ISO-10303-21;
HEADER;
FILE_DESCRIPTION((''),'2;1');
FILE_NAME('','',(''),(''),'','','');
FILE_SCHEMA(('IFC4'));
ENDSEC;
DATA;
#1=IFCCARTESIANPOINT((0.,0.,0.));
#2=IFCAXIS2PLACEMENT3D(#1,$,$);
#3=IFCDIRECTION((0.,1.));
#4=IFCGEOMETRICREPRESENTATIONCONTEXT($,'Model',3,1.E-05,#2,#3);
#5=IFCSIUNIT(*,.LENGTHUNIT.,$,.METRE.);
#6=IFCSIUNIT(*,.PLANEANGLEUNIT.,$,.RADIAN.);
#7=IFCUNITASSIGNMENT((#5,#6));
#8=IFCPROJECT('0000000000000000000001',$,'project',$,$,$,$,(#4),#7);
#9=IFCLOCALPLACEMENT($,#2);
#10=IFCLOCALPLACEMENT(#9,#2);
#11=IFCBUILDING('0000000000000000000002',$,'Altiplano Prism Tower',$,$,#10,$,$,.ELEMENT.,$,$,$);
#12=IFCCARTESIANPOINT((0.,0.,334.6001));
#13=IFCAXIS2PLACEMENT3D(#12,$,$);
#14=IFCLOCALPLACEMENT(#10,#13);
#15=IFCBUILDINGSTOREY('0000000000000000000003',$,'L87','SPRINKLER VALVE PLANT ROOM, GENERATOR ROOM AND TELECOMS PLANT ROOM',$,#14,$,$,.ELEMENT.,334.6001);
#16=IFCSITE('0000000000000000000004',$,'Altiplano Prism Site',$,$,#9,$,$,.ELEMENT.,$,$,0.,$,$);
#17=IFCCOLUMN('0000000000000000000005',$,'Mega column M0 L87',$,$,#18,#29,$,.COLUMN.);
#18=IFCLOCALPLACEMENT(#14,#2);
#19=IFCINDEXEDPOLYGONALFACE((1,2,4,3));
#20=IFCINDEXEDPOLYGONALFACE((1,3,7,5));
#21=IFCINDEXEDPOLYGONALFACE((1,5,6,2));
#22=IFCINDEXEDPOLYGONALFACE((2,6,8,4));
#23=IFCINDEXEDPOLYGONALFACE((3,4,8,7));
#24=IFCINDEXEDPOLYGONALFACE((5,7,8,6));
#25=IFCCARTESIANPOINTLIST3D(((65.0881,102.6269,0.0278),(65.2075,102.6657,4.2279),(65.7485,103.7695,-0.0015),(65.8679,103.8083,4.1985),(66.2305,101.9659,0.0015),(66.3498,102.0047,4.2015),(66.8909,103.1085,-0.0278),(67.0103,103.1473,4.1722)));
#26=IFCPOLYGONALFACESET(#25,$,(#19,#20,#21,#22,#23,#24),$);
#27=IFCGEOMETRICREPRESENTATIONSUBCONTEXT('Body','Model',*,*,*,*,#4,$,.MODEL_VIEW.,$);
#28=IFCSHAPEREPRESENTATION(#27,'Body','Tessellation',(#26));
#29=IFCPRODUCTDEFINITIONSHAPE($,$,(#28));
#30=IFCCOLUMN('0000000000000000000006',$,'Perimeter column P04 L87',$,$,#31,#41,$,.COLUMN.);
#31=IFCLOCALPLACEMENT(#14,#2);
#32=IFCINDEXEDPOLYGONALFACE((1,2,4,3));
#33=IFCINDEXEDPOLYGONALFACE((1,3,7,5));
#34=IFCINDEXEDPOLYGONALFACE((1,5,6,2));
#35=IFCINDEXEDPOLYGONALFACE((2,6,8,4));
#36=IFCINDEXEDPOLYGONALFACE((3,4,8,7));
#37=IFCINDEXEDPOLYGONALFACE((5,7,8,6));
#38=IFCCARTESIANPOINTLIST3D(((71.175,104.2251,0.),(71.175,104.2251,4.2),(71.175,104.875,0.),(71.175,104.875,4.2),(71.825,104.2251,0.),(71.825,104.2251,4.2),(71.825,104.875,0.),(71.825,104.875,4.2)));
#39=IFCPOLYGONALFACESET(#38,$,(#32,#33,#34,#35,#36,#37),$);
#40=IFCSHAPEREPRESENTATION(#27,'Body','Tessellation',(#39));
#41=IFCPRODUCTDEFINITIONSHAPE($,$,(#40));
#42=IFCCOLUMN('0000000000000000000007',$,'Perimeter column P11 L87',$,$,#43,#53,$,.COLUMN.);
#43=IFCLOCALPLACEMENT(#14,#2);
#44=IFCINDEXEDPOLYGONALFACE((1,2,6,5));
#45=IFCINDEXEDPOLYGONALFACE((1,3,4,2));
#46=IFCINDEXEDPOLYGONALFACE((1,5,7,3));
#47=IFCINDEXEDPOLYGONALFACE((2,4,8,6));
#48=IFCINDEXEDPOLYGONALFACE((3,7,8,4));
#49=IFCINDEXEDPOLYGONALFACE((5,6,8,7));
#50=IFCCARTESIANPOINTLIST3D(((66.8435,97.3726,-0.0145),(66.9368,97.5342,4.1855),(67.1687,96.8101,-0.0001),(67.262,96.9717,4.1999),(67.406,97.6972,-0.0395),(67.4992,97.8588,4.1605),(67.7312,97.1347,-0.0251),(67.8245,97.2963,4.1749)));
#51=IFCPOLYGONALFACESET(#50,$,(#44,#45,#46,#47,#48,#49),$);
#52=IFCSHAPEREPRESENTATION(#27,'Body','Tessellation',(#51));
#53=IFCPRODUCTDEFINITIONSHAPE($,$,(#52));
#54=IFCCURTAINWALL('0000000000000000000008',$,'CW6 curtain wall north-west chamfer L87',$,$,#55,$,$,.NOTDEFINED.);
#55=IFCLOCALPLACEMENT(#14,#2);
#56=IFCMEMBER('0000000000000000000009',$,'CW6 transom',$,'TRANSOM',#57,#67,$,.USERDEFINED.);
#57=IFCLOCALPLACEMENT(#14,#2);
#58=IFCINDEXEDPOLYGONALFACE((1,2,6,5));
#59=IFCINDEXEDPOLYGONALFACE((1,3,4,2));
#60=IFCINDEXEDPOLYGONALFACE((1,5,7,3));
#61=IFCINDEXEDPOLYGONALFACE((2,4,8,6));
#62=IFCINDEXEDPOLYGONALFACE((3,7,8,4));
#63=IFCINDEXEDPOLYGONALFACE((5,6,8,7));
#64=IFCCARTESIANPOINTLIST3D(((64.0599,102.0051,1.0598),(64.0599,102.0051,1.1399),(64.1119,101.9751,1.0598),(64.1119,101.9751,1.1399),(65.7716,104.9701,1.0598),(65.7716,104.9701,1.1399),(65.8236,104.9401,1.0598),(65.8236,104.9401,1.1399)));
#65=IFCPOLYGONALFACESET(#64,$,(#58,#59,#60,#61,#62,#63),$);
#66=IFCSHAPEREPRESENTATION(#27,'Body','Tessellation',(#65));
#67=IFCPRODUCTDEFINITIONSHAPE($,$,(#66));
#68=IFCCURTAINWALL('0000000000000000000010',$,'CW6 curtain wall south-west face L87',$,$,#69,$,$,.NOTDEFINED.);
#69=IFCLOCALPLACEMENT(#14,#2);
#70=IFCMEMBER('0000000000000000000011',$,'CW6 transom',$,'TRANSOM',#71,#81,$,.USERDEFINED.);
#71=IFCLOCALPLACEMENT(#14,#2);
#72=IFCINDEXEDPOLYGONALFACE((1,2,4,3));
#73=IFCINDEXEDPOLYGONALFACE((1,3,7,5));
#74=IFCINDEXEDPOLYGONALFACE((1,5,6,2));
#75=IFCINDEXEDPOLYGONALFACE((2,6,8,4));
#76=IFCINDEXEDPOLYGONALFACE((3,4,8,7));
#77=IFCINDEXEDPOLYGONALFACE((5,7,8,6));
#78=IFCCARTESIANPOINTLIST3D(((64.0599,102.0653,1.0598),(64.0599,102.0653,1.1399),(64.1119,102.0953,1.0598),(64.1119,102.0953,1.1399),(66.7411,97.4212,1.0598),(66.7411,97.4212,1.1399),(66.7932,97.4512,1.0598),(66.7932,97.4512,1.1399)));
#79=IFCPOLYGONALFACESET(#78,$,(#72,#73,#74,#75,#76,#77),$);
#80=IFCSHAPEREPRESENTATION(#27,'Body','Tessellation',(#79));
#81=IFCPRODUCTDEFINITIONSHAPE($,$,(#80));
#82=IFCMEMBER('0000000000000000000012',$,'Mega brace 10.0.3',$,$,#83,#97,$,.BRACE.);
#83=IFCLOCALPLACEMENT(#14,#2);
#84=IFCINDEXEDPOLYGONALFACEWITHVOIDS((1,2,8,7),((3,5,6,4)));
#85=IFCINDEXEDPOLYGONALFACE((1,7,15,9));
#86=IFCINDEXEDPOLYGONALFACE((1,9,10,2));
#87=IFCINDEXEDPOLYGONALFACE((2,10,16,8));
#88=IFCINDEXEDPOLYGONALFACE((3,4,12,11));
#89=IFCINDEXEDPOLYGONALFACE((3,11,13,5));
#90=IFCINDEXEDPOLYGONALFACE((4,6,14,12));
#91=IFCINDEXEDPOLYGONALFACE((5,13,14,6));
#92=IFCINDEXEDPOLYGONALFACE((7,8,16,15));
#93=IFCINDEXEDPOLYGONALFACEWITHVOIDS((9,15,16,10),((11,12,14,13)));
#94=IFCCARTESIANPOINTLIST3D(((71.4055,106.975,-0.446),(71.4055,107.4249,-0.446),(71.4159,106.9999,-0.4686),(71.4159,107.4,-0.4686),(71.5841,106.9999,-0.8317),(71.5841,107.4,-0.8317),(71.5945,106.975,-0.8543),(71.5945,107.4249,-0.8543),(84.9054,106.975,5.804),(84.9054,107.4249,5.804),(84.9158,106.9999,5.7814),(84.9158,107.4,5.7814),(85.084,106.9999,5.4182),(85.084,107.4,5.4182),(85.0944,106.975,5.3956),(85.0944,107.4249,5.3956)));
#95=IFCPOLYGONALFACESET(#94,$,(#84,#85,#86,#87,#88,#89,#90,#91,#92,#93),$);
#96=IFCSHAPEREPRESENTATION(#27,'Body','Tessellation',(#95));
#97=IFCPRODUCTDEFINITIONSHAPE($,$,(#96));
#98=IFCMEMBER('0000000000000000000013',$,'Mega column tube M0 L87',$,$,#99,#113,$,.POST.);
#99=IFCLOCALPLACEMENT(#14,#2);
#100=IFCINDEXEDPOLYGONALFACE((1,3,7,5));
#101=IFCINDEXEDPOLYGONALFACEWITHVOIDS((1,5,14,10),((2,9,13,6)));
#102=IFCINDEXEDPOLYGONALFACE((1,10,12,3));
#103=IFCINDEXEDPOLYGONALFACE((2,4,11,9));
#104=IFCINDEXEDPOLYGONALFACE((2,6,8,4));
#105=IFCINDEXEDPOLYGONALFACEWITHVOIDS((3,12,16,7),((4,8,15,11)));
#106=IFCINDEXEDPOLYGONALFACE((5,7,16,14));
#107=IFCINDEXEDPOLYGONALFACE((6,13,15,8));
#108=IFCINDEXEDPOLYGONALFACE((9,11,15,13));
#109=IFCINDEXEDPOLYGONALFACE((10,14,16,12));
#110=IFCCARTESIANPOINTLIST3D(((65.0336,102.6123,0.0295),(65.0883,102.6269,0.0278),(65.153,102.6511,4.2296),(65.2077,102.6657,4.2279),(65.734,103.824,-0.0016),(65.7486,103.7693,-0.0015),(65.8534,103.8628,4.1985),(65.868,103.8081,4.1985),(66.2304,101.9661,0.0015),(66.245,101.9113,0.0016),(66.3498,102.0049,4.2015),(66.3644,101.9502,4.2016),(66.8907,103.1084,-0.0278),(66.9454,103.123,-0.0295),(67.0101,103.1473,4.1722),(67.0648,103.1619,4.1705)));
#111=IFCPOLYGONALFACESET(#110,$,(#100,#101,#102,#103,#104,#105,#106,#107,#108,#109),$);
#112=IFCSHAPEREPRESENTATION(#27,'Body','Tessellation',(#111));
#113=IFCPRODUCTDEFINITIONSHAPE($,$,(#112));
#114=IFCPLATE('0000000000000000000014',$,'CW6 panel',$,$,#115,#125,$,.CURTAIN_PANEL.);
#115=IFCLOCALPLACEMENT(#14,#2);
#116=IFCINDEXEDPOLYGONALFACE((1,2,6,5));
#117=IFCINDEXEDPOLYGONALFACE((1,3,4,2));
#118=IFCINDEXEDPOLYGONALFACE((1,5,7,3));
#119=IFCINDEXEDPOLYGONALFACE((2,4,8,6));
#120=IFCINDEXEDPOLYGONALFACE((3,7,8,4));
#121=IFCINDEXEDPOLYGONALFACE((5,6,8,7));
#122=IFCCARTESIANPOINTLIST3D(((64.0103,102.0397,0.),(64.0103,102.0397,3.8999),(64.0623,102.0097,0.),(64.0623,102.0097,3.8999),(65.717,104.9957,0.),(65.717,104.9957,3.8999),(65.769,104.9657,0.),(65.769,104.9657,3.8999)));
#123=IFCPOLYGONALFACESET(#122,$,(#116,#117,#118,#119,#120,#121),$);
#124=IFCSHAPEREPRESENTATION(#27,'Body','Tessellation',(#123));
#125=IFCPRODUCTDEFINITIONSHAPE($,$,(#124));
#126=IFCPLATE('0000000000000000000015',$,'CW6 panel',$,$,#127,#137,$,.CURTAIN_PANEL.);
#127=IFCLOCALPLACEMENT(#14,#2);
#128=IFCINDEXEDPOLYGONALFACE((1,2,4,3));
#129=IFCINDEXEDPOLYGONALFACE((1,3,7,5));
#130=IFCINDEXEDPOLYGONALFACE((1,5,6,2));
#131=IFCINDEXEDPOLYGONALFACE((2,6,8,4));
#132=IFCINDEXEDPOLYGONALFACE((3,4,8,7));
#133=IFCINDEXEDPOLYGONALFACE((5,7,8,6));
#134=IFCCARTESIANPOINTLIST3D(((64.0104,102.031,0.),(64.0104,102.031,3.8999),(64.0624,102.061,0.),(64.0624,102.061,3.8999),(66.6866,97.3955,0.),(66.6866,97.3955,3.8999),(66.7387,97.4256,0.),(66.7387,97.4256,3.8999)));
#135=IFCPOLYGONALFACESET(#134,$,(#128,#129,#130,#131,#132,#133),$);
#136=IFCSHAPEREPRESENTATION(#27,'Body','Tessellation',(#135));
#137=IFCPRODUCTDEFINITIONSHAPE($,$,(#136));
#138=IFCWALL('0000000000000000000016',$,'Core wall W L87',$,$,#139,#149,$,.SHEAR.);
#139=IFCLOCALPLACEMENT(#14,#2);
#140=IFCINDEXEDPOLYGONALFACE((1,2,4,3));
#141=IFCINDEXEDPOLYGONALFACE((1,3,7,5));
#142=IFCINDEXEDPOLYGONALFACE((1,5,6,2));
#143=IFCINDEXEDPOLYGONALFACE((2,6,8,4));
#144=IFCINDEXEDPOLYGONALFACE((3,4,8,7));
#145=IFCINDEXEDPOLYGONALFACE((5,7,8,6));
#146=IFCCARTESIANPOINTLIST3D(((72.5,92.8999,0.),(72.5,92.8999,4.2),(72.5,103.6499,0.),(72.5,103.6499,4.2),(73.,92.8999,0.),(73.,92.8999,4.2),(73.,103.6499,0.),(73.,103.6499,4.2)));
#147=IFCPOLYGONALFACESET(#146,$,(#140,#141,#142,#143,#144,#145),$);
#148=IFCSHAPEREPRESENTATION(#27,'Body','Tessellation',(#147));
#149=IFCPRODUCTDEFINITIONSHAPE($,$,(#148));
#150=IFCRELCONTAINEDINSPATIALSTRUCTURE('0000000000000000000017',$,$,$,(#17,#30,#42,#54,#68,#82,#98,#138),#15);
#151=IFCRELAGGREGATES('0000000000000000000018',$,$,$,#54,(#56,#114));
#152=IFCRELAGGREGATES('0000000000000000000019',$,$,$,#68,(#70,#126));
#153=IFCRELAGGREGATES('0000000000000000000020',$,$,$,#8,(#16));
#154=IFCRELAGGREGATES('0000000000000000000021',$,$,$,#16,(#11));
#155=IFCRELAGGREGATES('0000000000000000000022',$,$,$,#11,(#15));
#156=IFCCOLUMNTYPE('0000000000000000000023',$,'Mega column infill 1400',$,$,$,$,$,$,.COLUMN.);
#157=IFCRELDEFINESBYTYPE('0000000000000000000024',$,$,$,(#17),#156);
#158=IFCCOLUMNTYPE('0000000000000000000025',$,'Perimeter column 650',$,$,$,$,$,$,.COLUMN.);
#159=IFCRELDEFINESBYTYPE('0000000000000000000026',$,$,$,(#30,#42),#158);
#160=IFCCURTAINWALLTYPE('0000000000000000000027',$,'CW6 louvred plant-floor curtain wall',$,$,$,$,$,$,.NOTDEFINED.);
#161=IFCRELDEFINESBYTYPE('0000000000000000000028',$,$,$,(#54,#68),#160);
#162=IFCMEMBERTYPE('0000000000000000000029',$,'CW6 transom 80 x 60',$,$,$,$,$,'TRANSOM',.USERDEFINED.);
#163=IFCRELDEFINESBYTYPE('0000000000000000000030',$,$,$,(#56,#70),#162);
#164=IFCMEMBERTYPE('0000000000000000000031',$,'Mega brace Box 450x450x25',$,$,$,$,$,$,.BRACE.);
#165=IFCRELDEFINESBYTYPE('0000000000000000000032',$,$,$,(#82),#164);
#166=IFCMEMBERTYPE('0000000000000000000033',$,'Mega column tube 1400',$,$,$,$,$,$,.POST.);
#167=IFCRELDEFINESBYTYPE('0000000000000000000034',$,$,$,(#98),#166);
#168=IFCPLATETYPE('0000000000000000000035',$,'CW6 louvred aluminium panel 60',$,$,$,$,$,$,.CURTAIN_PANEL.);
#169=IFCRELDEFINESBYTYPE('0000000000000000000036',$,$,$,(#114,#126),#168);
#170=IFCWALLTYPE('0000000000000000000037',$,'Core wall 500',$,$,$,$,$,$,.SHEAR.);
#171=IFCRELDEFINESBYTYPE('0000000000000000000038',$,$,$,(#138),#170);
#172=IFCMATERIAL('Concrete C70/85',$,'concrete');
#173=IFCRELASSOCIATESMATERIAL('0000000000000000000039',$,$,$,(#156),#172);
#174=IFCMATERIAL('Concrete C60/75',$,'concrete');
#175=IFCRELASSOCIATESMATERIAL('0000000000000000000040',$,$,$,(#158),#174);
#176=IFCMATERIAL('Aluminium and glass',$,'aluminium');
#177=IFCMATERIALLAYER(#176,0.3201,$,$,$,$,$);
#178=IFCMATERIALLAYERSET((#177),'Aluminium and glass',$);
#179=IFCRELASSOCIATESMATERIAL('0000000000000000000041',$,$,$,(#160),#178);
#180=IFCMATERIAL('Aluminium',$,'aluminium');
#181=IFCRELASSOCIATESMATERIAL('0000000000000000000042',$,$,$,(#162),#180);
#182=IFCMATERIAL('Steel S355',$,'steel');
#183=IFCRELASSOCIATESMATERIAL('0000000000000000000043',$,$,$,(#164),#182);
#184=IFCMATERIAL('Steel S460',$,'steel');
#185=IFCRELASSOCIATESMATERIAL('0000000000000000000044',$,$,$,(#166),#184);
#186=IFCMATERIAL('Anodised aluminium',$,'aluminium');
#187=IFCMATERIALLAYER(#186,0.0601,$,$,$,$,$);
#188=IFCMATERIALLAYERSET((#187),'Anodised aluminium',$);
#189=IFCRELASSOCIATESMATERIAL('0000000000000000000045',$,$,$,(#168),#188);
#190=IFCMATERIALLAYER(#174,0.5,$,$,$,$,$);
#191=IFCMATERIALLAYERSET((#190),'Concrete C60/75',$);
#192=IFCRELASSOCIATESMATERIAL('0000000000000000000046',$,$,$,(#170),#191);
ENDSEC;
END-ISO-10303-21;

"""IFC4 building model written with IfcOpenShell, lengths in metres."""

from ifc_helpers import new_model, si_unit, direction, frame, frame_2d, origin, origin_2d, place, context, subcontext, project, spatial, rectangle, hollow_rectangle, extrude, material, layer, layer_set, material_profile, profile_set, type_object, element, aggregate, save


model = new_model("IFC4")

# Units and contexts
model_context = context("Model", 3, precision=1e-05, world=origin(), true_north=direction((0.0, 1.0)))
body_context = subcontext(model_context, "Body", "Model", "MODEL_VIEW")
ifc_project = project(units=[si_unit("LENGTHUNIT", "METRE"), si_unit("PLANEANGLEUNIT", "RADIAN")], contexts=[model_context])

# Site, building, storey
site_placement = place(None, origin())
site = spatial("IfcSite", under=ifc_project, at=site_placement, Name="Altiplano Prism Site", CompositionType="ELEMENT", RefElevation=0.0)
building_placement = place(site_placement, origin())
building = spatial("IfcBuilding", under=site, at=building_placement, Name="Altiplano Prism Tower", CompositionType="ELEMENT")
storey_placement = place(building_placement, frame((0.0, 0.0, 334.6001)))
storey = spatial("IfcBuildingStorey", under=building, at=storey_placement, Name="L87", Description="SPRINKLER VALVE PLANT ROOM, GENERATOR ROOM AND TELECOMS PLANT ROOM", CompositionType="ELEMENT", Elevation=334.6001)

# Columns
ifc_material_1 = material(Name="Concrete C70/85", Category="concrete")
ifc_material_profile_1 = material_profile(ifc_material_1, rectangle(XDim=1.3201, YDim=1.3201, at=origin_2d()), Name="Mega column infill 1400")
ifc_profile_set_1 = profile_set([ifc_material_profile_1], Name="Concrete C70/85")
column_type_1 = type_object("IfcColumnType", Name="Mega column infill 1400", PredefinedType="COLUMN", material=ifc_profile_set_1)
column_1_placement = place(storey_placement, frame((65.9895, 102.8677, 0.0), z_axis=(0.028413, 0.009238, 0.999554), x_axis=(-0.865381, 0.500717, 0.019971)))
element("IfcColumn", 1, at=column_1_placement, inside=storey, type_object=column_type_1, Name="Mega column M0 L87", PredefinedType="COLUMN", context=body_context, shape_type="SweptSolid", body=[
    extrude(rectangle(XDim=1.3201, YDim=1.3201, at=origin_2d()), origin(), (0.0, 0.0, 1.0), 4.2019),
])
ifc_material_2 = material(Name="Concrete C60/75", Category="concrete")
ifc_material_profile_2 = material_profile(ifc_material_2, rectangle(XDim=0.6499, YDim=0.6499, at=origin_2d()), Name="Perimeter column 650")
ifc_profile_set_2 = profile_set([ifc_material_profile_2], Name="Concrete C60/75")
column_type_2 = type_object("IfcColumnType", Name="Perimeter column 650", PredefinedType="COLUMN", material=ifc_profile_set_2)
column_2_placement = place(storey_placement, frame((71.5, 104.55, 0.0), z_axis=(0.0, 0.0, 1.0), x_axis=(1.0, 0.0, 0.0)))
element("IfcColumn", 2, at=column_2_placement, inside=storey, type_object=column_type_2, Name="Perimeter column P04 L87", PredefinedType="COLUMN", context=body_context, shape_type="SweptSolid", body=[
    extrude(rectangle(XDim=0.6499, YDim=0.6499, at=origin_2d()), origin(), (0.0, 0.0, 1.0), 4.2),
])
column_3_placement = place(storey_placement, frame((67.2874, 97.2537, -0.0198), z_axis=(0.022184, 0.038444, 0.999014), x_axis=(-0.865478, -0.49947, 0.038439)))
element("IfcColumn", 3, at=column_3_placement, inside=storey, type_object=column_type_2, Name="Perimeter column P11 L87", PredefinedType="COLUMN", context=body_context, shape_type="SweptSolid", body=[
    extrude(rectangle(XDim=0.6499, YDim=0.6499, at=origin_2d()), origin(), (0.0, 0.0, 1.0), 4.2041),
])

# Curtain walls, members
ifc_material_3 = material(Name="Aluminium and glass", Category="aluminium")
ifc_layer_1 = layer(ifc_material_3, 0.3201)
ifc_layer_set_1 = layer_set([ifc_layer_1], Name="Aluminium and glass")
curtain_wall_type = type_object("IfcCurtainWallType", Name="CW6 louvred plant-floor curtain wall", PredefinedType="NOTDEFINED", material=ifc_layer_set_1)
curtain_wall_1_placement = place(storey_placement, origin())
curtain_wall_1 = element("IfcCurtainWall", 4, at=curtain_wall_1_placement, inside=storey, type_object=curtain_wall_type, Name="CW6 curtain wall north-west chamfer L87", PredefinedType="NOTDEFINED")
ifc_material_4 = material(Name="Aluminium", Category="aluminium")
ifc_material_profile_3 = material_profile(ifc_material_4, rectangle(XDim=0.0601, YDim=0.0801, at=origin_2d()), Name="CW6 transom 80 x 60")
ifc_profile_set_3 = profile_set([ifc_material_profile_3], Name="Aluminium")
member_type_1 = type_object("IfcMemberType", Name="CW6 transom 80 x 60", ElementType="TRANSOM", PredefinedType="USERDEFINED", material=ifc_profile_set_3)
member_1_placement = place(storey_placement, frame((65.7976, 104.9551, 1.0999), z_axis=(-0.499982, -0.866036, 0.0), x_axis=(0.866036, -0.499982, 0.0)))
member_1 = element("IfcMember", 5, at=member_1_placement, type_object=member_type_1, Name="CW6 transom", ObjectType="TRANSOM", PredefinedType="USERDEFINED", context=body_context, shape_type="SweptSolid", body=[
    extrude(rectangle(XDim=0.0601, YDim=0.0801, at=origin_2d()), origin(), (0.0, 0.0, 1.0), 3.4236),
])
curtain_wall_2_placement = place(storey_placement, origin())
curtain_wall_2 = element("IfcCurtainWall", 6, at=curtain_wall_2_placement, inside=storey, type_object=curtain_wall_type, Name="CW6 curtain wall south-west face L87", PredefinedType="NOTDEFINED")
member_2_placement = place(storey_placement, frame((64.0859, 102.0803, 1.0999), z_axis=(0.499988, -0.866032, 0.0), x_axis=(0.866032, 0.499988, 0.0)))
member_2 = element("IfcMember", 7, at=member_2_placement, type_object=member_type_1, Name="CW6 transom", ObjectType="TRANSOM", PredefinedType="USERDEFINED", context=body_context, shape_type="SweptSolid", body=[
    extrude(rectangle(XDim=0.0601, YDim=0.0801, at=origin_2d()), origin(), (0.0, 0.0, 1.0), 5.3625),
])

# Members
ifc_material_5 = material(Name="Steel S355", Category="steel")
ifc_material_profile_4 = material_profile(ifc_material_5, hollow_rectangle(XDim=0.45, YDim=0.45, WallThickness=0.0249, at=origin_2d()), Name="Mega brace Box 450x450x25")
ifc_profile_set_4 = profile_set([ifc_material_profile_4], Name="Steel S355")
member_type_2 = type_object("IfcMemberType", Name="Mega brace Box 450x450x25", PredefinedType="BRACE", material=ifc_profile_set_4)
member_3_placement = place(storey_placement, frame((71.5, 107.2, -0.6501), z_axis=(0.907467, 0.0, 0.420124), x_axis=(0.0, 1.0, 0.0)))
element("IfcMember", 8, at=member_3_placement, inside=storey, type_object=member_type_2, Name="Mega brace 10.0.3", PredefinedType="BRACE", context=body_context, shape_type="SweptSolid", body=[
    extrude(hollow_rectangle(XDim=0.45, YDim=0.45, WallThickness=0.0249, at=origin_2d()), origin(), (0.0, 0.0, 1.0), 14.8765),
])
ifc_material_6 = material(Name="Steel S460", Category="steel")
ifc_material_profile_5 = material_profile(ifc_material_6, hollow_rectangle(XDim=1.3999, YDim=1.3999, WallThickness=0.04, at=origin_2d()), Name="Mega column tube 1400")
ifc_profile_set_5 = profile_set([ifc_material_profile_5], Name="Steel S460")
member_type_3 = type_object("IfcMemberType", Name="Mega column tube 1400", PredefinedType="POST", material=ifc_profile_set_5)
member_4_placement = place(storey_placement, frame((65.9895, 102.8677, 0.0), z_axis=(0.028413, 0.009238, 0.999554), x_axis=(-0.865381, 0.500717, 0.019971)))
element("IfcMember", 9, at=member_4_placement, inside=storey, type_object=member_type_3, Name="Mega column tube M0 L87", PredefinedType="POST", context=body_context, shape_type="SweptSolid", body=[
    extrude(hollow_rectangle(XDim=1.3999, YDim=1.3999, WallThickness=0.04, at=origin_2d()), origin(), (0.0, 0.0, 1.0), 4.2019),
])

# Plates
ifc_material_7 = material(Name="Anodised aluminium", Category="aluminium")
ifc_layer_2 = layer(ifc_material_7, 0.0601)
ifc_layer_set_2 = layer_set([ifc_layer_2], Name="Anodised aluminium")
plate_type = type_object("IfcPlateType", Name="CW6 louvred aluminium panel 60", PredefinedType="CURTAIN_PANEL", material=ifc_layer_set_2)
plate_1_placement = place(storey_placement, frame((64.8896, 103.5027, 0.0), z_axis=(0.0, 0.0, 1.0), x_axis=(-0.5, -0.866025, 0.0)))
plate_1 = element("IfcPlate", 10, at=plate_1_placement, type_object=plate_type, Name="CW6 panel", PredefinedType="CURTAIN_PANEL", context=body_context, shape_type="SweptSolid", body=[
    extrude(rectangle(XDim=3.4133, YDim=0.0601, at=origin_2d()), origin(), (0.0, 0.0, 1.0), 3.8999),
])
aggregate(curtain_wall_1, [member_1, plate_1])
plate_2_placement = place(storey_placement, frame((65.3745, 99.7283, 0.0), z_axis=(0.0, 0.0, 1.0), x_axis=(0.5, -0.866025, 0.0)))
plate_2 = element("IfcPlate", 11, at=plate_2_placement, type_object=plate_type, Name="CW6 panel", PredefinedType="CURTAIN_PANEL", context=body_context, shape_type="SweptSolid", body=[
    extrude(rectangle(XDim=5.3525, YDim=0.0601, at=origin_2d()), origin(), (0.0, 0.0, 1.0), 3.8999),
])
aggregate(curtain_wall_2, [member_2, plate_2])

# Wall
ifc_layer_3 = layer(ifc_material_2, 0.5)
ifc_layer_set_3 = layer_set([ifc_layer_3], Name="Concrete C60/75")
wall_type_1 = type_object("IfcWallType", Name="Core wall 500", PredefinedType="SHEAR", material=ifc_layer_set_3)
wall_1_placement = place(storey_placement, frame((72.75, 103.6499, 0.0), z_axis=(0.0, 0.0, 1.0), x_axis=(0.0, -1.0, 0.0)))
element("IfcWall", 12, at=wall_1_placement, inside=storey, type_object=wall_type_1, Name="Core wall W L87", PredefinedType="SHEAR", context=body_context, shape_type="SweptSolid", body=[
    extrude(rectangle(XDim=10.75, YDim=0.5, at=frame_2d((5.375, 0.0))), origin(), (0.0, 0.0, 1.0), 4.2),
])

save(model, "model.ifc")
